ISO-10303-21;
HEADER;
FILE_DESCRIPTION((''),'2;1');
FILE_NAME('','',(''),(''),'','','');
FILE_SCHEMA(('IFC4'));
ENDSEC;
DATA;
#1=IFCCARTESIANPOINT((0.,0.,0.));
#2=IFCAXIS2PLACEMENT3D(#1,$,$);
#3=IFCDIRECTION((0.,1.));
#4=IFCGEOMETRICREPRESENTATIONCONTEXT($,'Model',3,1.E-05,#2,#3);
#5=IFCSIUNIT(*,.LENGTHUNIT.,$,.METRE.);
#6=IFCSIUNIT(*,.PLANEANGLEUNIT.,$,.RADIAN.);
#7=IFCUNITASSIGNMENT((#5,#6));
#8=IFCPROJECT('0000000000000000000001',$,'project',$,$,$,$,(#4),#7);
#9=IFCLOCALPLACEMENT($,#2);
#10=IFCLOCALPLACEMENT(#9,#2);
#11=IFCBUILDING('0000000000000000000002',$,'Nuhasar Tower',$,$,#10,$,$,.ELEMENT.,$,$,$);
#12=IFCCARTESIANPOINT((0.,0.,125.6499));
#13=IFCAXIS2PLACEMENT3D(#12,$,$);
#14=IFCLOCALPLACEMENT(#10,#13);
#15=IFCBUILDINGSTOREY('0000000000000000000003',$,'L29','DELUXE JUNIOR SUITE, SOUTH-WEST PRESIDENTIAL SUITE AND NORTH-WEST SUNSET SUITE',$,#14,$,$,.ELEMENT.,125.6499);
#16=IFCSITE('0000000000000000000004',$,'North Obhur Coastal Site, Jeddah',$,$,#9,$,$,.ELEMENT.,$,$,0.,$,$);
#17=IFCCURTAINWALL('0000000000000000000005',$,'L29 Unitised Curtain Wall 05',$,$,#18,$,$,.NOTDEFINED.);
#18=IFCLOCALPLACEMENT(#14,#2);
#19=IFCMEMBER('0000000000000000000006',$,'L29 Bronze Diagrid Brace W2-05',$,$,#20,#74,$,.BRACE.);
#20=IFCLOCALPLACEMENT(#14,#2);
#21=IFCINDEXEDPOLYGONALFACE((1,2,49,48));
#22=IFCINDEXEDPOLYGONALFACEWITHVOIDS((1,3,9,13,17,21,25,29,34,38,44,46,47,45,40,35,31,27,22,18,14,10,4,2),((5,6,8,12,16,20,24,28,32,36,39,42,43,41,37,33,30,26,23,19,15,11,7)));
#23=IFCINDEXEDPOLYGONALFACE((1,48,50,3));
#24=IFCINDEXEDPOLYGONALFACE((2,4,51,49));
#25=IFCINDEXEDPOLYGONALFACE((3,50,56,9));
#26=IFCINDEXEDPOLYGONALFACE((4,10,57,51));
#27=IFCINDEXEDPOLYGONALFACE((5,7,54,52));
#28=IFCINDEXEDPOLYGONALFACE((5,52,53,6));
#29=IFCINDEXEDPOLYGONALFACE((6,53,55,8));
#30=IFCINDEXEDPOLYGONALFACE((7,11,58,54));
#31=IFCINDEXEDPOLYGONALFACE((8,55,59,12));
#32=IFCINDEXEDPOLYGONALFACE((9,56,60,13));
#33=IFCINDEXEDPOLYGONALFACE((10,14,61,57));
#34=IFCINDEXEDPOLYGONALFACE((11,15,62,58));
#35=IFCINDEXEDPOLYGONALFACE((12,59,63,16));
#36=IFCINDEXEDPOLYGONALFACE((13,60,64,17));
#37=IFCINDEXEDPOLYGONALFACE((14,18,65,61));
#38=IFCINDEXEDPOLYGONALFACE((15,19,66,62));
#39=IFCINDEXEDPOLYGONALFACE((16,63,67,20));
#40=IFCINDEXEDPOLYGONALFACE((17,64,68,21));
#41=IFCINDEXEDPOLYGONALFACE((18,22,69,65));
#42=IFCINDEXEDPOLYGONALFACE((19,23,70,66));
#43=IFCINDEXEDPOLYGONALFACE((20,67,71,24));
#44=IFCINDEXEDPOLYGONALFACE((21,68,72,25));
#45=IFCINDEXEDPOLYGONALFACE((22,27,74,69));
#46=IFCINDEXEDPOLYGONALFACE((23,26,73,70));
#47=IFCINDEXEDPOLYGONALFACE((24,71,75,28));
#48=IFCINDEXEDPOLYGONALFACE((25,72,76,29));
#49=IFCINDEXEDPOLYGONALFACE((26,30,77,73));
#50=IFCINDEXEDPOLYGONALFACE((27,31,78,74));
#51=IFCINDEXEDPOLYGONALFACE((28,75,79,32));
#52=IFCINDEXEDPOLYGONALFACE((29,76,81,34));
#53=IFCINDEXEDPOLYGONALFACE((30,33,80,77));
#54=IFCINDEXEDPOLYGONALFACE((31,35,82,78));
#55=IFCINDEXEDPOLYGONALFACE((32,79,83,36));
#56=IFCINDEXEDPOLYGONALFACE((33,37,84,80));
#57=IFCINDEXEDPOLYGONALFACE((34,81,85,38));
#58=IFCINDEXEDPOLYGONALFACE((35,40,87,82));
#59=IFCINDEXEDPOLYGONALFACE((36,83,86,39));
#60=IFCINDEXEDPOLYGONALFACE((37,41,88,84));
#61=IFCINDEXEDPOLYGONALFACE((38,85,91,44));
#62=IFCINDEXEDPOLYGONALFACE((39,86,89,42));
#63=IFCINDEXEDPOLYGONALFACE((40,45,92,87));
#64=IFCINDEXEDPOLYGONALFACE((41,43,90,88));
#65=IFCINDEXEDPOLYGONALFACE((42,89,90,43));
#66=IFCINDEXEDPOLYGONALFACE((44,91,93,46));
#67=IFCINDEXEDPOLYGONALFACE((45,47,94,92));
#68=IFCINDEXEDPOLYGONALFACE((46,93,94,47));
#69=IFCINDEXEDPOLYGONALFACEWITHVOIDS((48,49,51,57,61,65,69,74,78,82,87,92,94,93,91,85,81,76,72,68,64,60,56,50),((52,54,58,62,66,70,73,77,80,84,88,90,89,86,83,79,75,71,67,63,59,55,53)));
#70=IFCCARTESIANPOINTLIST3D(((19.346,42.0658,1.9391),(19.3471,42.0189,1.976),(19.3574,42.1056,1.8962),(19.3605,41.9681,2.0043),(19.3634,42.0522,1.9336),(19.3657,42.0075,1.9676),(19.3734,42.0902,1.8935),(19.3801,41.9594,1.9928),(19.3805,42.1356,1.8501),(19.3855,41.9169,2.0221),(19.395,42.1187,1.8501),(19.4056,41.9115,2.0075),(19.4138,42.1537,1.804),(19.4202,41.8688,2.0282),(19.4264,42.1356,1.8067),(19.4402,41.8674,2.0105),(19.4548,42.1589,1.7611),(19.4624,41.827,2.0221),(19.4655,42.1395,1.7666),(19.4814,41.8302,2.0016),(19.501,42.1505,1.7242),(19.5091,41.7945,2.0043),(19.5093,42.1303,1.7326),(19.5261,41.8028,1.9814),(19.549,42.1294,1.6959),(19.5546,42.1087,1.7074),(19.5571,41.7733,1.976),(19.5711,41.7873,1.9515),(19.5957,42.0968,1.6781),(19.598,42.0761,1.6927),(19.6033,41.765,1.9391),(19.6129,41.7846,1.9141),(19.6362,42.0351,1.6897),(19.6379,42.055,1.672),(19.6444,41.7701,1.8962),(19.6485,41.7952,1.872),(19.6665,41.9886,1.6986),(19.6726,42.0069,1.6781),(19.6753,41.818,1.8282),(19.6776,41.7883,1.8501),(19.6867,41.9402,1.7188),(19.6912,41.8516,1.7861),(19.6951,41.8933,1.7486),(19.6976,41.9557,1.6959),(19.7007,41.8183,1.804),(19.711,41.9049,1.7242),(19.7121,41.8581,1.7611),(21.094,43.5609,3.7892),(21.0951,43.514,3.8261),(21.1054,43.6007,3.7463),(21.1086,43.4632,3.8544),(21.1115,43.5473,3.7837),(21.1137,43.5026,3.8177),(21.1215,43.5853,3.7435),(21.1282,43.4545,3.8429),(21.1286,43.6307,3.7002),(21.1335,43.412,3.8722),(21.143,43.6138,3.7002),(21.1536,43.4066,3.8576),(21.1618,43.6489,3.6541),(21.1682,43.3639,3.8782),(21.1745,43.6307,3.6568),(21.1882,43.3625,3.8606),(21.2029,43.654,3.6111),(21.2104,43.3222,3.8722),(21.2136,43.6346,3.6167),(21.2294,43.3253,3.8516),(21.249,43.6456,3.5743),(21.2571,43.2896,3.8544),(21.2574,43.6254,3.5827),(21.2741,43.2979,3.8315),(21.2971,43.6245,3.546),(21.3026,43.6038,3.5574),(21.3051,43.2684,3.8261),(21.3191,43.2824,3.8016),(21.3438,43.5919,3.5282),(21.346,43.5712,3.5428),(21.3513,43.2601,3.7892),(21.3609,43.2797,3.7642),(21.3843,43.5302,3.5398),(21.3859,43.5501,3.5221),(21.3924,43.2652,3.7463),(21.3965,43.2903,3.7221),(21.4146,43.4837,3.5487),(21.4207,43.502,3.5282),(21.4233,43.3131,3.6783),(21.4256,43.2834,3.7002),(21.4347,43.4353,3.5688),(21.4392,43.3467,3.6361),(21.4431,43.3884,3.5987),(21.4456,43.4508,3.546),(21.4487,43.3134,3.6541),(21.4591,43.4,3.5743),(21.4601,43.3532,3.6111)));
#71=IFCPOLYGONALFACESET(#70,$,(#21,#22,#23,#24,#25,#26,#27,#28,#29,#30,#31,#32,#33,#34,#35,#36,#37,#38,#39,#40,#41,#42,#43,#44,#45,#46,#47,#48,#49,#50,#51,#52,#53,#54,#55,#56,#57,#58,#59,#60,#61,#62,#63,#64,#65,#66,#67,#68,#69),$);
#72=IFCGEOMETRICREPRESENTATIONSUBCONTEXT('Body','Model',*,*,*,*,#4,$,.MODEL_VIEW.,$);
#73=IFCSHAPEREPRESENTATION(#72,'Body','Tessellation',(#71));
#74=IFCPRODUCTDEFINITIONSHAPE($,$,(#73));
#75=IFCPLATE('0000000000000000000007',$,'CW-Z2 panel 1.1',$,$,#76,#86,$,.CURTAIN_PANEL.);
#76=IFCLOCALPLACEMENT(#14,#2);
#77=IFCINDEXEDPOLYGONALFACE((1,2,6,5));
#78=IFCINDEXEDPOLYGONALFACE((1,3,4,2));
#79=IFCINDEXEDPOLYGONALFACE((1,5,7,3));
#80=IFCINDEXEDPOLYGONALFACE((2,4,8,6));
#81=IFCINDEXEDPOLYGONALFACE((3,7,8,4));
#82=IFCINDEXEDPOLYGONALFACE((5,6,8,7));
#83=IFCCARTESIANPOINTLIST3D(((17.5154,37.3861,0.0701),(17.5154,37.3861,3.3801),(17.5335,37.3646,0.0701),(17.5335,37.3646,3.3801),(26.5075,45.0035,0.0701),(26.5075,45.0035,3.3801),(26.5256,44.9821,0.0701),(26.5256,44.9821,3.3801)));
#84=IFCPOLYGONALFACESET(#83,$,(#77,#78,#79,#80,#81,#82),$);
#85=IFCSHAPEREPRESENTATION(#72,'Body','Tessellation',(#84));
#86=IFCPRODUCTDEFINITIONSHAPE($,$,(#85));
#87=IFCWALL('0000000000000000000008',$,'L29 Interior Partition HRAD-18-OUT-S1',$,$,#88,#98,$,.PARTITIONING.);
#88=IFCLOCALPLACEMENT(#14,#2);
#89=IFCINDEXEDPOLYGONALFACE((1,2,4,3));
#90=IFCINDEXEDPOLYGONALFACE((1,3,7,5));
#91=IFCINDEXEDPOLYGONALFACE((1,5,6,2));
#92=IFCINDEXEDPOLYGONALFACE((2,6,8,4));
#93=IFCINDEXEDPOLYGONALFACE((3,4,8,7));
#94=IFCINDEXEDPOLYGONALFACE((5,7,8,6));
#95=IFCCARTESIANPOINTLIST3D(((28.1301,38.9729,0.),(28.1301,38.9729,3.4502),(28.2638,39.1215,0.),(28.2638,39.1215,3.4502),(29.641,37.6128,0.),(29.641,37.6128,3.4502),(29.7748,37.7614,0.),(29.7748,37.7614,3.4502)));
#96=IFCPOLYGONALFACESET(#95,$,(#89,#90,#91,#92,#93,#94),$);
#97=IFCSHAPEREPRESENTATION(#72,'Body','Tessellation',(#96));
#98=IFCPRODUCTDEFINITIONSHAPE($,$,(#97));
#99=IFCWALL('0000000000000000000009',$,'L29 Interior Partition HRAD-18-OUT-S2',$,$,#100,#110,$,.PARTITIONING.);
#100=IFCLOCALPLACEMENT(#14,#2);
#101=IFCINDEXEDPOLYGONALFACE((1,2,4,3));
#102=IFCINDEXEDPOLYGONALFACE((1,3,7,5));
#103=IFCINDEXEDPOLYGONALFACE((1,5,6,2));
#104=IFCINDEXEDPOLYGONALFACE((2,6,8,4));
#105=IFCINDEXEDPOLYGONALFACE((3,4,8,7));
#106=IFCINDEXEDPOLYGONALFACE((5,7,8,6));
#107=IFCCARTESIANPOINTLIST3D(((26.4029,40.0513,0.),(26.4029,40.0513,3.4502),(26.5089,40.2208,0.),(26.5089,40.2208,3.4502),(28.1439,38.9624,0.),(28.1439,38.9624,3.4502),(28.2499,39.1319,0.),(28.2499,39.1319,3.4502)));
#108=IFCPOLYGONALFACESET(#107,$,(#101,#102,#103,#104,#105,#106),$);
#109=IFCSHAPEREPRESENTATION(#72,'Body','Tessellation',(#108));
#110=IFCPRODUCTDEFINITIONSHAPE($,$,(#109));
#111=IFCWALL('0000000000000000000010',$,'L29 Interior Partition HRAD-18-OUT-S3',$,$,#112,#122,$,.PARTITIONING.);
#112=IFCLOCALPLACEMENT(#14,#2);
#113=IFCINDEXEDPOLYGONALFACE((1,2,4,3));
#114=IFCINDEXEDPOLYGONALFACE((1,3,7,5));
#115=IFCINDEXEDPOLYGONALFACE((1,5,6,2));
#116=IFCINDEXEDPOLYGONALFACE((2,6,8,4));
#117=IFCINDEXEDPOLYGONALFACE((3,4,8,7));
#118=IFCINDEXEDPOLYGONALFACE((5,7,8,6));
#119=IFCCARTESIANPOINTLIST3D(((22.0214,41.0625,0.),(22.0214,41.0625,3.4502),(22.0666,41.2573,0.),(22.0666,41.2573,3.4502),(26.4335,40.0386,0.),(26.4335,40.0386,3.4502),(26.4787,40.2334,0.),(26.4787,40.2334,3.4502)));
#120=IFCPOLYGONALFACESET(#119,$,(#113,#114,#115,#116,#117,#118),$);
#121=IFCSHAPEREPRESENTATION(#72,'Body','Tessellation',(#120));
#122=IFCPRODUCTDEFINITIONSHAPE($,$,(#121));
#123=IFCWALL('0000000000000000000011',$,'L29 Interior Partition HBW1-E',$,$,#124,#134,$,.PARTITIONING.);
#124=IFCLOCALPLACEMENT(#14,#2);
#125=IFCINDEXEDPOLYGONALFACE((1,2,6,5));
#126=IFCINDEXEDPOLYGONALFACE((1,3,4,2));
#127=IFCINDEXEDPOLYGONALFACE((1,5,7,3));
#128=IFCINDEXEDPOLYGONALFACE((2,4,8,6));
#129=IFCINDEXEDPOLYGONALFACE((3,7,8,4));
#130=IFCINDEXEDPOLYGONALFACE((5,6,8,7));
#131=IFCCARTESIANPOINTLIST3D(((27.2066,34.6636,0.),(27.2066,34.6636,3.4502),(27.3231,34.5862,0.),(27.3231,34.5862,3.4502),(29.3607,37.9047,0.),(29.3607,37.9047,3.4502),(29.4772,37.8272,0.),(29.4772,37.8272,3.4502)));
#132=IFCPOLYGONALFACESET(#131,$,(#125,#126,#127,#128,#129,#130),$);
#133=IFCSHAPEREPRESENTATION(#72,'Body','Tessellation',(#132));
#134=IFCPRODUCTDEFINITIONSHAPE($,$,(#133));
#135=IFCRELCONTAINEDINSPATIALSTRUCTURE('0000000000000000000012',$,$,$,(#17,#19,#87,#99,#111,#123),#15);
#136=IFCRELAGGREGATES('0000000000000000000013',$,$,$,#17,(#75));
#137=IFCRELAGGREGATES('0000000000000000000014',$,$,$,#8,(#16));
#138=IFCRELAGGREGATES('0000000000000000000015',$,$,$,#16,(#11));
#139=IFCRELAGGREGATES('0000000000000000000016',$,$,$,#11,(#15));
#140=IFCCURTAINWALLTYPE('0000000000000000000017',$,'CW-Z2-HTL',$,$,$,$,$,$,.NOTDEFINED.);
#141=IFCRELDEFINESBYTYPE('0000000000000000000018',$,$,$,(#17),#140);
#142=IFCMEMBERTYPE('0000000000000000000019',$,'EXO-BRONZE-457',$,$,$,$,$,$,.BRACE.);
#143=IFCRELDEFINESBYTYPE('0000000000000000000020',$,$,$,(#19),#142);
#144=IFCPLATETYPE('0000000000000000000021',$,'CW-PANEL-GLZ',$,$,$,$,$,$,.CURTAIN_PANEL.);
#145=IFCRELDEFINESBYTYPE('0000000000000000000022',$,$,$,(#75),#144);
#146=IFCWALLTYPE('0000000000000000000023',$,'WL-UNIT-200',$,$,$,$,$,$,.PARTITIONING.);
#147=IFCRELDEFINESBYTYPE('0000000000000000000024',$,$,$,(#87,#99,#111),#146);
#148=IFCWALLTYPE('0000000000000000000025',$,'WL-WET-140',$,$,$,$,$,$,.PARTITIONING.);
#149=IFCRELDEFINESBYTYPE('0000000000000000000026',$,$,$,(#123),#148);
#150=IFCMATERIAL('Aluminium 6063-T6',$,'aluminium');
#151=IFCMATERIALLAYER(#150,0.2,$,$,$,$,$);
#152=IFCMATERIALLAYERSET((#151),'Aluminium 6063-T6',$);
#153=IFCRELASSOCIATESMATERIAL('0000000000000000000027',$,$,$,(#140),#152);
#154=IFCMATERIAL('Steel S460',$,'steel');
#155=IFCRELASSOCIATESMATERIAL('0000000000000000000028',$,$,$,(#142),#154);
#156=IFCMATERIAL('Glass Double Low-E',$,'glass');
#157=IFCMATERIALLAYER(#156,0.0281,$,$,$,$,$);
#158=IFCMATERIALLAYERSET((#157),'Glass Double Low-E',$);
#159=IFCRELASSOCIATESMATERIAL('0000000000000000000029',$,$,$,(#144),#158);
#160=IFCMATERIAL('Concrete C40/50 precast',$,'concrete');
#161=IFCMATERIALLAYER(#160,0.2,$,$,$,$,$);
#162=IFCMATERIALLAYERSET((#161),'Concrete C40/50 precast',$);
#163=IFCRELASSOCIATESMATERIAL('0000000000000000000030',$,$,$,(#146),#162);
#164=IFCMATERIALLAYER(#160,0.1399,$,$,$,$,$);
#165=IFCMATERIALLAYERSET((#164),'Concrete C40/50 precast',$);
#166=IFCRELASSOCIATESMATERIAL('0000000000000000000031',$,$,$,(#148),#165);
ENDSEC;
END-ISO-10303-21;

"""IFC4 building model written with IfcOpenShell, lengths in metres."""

from ifc_helpers import new_model, si_unit, direction, frame, frame_2d, origin, origin_2d, place, context, subcontext, project, spatial, rectangle, hollow_circle, extrude, material, layer, layer_set, material_profile, profile_set, type_object, element, aggregate, save


model = new_model("IFC4")

# Units and contexts
model_context = context("Model", 3, precision=1e-05, world=origin(), true_north=direction((0.0, 1.0)))
body_context = subcontext(model_context, "Body", "Model", "MODEL_VIEW")
ifc_project = project(units=[si_unit("LENGTHUNIT", "METRE"), si_unit("PLANEANGLEUNIT", "RADIAN")], contexts=[model_context])

# Site, building, storey
site_placement = place(None, origin())
site = spatial("IfcSite", under=ifc_project, at=site_placement, Name="North Obhur Coastal Site, Jeddah", CompositionType="ELEMENT", RefElevation=0.0)
building_placement = place(site_placement, origin())
building = spatial("IfcBuilding", under=site, at=building_placement, Name="Nuhasar Tower", CompositionType="ELEMENT")
storey_placement = place(building_placement, frame((0.0, 0.0, 125.6499)))
storey = spatial("IfcBuildingStorey", under=building, at=storey_placement, Name="L29", Description="DELUXE JUNIOR SUITE, SOUTH-WEST PRESIDENTIAL SUITE AND NORTH-WEST SUNSET SUITE", CompositionType="ELEMENT", Elevation=125.6499)

# Shared definitions
ifc_material_1 = material(Name="Aluminium 6063-T6", Category="aluminium")
ifc_layer_1 = layer(ifc_material_1, 0.2)
ifc_layer_set_1 = layer_set([ifc_layer_1], Name="Aluminium 6063-T6")
curtain_wall_type = type_object("IfcCurtainWallType", Name="CW-Z2-HTL", PredefinedType="NOTDEFINED", material=ifc_layer_set_1)

# Curtain wall
curtain_wall_1_placement = place(storey_placement, origin())
curtain_wall_1 = element("IfcCurtainWall", 1, at=curtain_wall_1_placement, inside=storey, type_object=curtain_wall_type, Name="L29 Unitised Curtain Wall 05", PredefinedType="NOTDEFINED")

# Member
ifc_material_2 = material(Name="Steel S460", Category="steel")
ifc_material_profile_1 = material_profile(ifc_material_2, hollow_circle(Radius=0.2285, WallThickness=0.0222, at=origin_2d()), Name="HSS457X22.2")
ifc_profile_set_1 = profile_set([ifc_material_profile_1], Name="Steel S460")
member_type_1 = type_object("IfcMemberType", Name="EXO-BRONZE-457", PredefinedType="BRACE", material=ifc_profile_set_1)
for number, where, z_axis, x_axis, name in (
    (2, (19.5291, 41.9619, 1.8501), (0.59217, 0.506488, 0.626741), (-0.649987, 0.759945, 0.0), "L29 Bronze Diagrid Brace W2-05"),
):
    element("IfcMember", number, at=place(storey_placement, frame(where, z_axis=z_axis, x_axis=x_axis)), inside=storey, type_object=member_type_1, Name=name, PredefinedType="BRACE", context=body_context, shape_type="SweptSolid", body=[
        extrude(hollow_circle(Radius=0.2285, WallThickness=0.0222, at=origin_2d()), origin(), (0.0, 0.0, 1.0), 2.9519),
    ])

# Plate
ifc_material_3 = material(Name="Glass Double Low-E", Category="glass")
ifc_layer_2 = layer(ifc_material_3, 0.0281)
ifc_layer_set_2 = layer_set([ifc_layer_2], Name="Glass Double Low-E")
plate_type = type_object("IfcPlateType", Name="CW-PANEL-GLZ", PredefinedType="CURTAIN_PANEL", material=ifc_layer_set_2)
plate_placement = place(storey_placement, frame((22.0205, 41.1841, 0.0701), z_axis=(0.0, 0.0, 1.0), x_axis=(-0.76302, -0.646374, 0.0)))
plate = element("IfcPlate", 3, at=plate_placement, type_object=plate_type, Name="CW-Z2 panel 1.1", PredefinedType="CURTAIN_PANEL", context=body_context, shape_type="SweptSolid", body=[
    extrude(rectangle(XDim=11.7849, YDim=0.0281, at=origin_2d()), origin(), (0.0, 0.0, 1.0), 3.3101),
])
aggregate(curtain_wall_1, [plate])

# Walls
ifc_material_4 = material(Name="Concrete C40/50 precast", Category="concrete")
ifc_layer_3 = layer(ifc_material_4, 0.2)
ifc_layer_set_3 = layer_set([ifc_layer_3], Name="Concrete C40/50 precast")
wall_type_1 = type_object("IfcWallType", Name="WL-UNIT-200", PredefinedType="PARTITIONING", material=ifc_layer_set_3)
wall_1_placement = place(storey_placement, frame((29.708, 37.687, 0.0), z_axis=(0.0, 0.0, 1.0), x_axis=(-0.74324, 0.669024, 0.0)))
element("IfcWall", 4, at=wall_1_placement, inside=storey, type_object=wall_type_1, Name="L29 Interior Partition HRAD-18-OUT-S1", PredefinedType="PARTITIONING", context=body_context, shape_type="SweptSolid", body=[
    extrude(rectangle(XDim=2.033, YDim=0.2, at=frame_2d((1.0166, 0.0))), origin(), (0.0, 0.0, 1.0), 3.4502),
])
wall_2_placement = place(storey_placement, frame((28.197, 39.0471, 0.0), z_axis=(0.0, 0.0, 1.0), x_axis=(-0.847831, 0.530266, 0.0)))
element("IfcWall", 5, at=wall_2_placement, inside=storey, type_object=wall_type_1, Name="L29 Interior Partition HRAD-18-OUT-S2", PredefinedType="PARTITIONING", context=body_context, shape_type="SweptSolid", body=[
    extrude(rectangle(XDim=2.0535, YDim=0.2, at=frame_2d((1.0269, 0.0))), origin(), (0.0, 0.0, 1.0), 3.4502),
])
wall_3_placement = place(storey_placement, frame((26.4561, 40.136, 0.0), z_axis=(0.0, 0.0, 1.0), x_axis=(-0.974112, 0.226064, 0.0)))
element("IfcWall", 6, at=wall_3_placement, inside=storey, type_object=wall_type_1, Name="L29 Interior Partition HRAD-18-OUT-S3", PredefinedType="PARTITIONING", context=body_context, shape_type="SweptSolid", body=[
    extrude(rectangle(XDim=4.5293, YDim=0.2, at=frame_2d((2.2646, 0.0))), origin(), (0.0, 0.0, 1.0), 3.4502),
])
ifc_layer_4 = layer(ifc_material_4, 0.1399)
ifc_layer_set_4 = layer_set([ifc_layer_4], Name="Concrete C40/50 precast")
wall_type_2 = type_object("IfcWallType", Name="WL-WET-140", PredefinedType="PARTITIONING", material=ifc_layer_set_4)
wall_4_placement = place(storey_placement, frame((29.4189, 37.866, 0.0), z_axis=(0.0, 0.0, 1.0), x_axis=(-0.553527, -0.832831, 0.0)))
element("IfcWall", 7, at=wall_4_placement, inside=storey, type_object=wall_type_2, Name="L29 Interior Partition HBW1-E", PredefinedType="PARTITIONING", context=body_context, shape_type="SweptSolid", body=[
    extrude(rectangle(XDim=3.8916, YDim=0.1399, at=frame_2d((1.9458, 0.0))), origin(), (0.0, 0.0, 1.0), 3.4502),
])

save(model, "model.ifc")
